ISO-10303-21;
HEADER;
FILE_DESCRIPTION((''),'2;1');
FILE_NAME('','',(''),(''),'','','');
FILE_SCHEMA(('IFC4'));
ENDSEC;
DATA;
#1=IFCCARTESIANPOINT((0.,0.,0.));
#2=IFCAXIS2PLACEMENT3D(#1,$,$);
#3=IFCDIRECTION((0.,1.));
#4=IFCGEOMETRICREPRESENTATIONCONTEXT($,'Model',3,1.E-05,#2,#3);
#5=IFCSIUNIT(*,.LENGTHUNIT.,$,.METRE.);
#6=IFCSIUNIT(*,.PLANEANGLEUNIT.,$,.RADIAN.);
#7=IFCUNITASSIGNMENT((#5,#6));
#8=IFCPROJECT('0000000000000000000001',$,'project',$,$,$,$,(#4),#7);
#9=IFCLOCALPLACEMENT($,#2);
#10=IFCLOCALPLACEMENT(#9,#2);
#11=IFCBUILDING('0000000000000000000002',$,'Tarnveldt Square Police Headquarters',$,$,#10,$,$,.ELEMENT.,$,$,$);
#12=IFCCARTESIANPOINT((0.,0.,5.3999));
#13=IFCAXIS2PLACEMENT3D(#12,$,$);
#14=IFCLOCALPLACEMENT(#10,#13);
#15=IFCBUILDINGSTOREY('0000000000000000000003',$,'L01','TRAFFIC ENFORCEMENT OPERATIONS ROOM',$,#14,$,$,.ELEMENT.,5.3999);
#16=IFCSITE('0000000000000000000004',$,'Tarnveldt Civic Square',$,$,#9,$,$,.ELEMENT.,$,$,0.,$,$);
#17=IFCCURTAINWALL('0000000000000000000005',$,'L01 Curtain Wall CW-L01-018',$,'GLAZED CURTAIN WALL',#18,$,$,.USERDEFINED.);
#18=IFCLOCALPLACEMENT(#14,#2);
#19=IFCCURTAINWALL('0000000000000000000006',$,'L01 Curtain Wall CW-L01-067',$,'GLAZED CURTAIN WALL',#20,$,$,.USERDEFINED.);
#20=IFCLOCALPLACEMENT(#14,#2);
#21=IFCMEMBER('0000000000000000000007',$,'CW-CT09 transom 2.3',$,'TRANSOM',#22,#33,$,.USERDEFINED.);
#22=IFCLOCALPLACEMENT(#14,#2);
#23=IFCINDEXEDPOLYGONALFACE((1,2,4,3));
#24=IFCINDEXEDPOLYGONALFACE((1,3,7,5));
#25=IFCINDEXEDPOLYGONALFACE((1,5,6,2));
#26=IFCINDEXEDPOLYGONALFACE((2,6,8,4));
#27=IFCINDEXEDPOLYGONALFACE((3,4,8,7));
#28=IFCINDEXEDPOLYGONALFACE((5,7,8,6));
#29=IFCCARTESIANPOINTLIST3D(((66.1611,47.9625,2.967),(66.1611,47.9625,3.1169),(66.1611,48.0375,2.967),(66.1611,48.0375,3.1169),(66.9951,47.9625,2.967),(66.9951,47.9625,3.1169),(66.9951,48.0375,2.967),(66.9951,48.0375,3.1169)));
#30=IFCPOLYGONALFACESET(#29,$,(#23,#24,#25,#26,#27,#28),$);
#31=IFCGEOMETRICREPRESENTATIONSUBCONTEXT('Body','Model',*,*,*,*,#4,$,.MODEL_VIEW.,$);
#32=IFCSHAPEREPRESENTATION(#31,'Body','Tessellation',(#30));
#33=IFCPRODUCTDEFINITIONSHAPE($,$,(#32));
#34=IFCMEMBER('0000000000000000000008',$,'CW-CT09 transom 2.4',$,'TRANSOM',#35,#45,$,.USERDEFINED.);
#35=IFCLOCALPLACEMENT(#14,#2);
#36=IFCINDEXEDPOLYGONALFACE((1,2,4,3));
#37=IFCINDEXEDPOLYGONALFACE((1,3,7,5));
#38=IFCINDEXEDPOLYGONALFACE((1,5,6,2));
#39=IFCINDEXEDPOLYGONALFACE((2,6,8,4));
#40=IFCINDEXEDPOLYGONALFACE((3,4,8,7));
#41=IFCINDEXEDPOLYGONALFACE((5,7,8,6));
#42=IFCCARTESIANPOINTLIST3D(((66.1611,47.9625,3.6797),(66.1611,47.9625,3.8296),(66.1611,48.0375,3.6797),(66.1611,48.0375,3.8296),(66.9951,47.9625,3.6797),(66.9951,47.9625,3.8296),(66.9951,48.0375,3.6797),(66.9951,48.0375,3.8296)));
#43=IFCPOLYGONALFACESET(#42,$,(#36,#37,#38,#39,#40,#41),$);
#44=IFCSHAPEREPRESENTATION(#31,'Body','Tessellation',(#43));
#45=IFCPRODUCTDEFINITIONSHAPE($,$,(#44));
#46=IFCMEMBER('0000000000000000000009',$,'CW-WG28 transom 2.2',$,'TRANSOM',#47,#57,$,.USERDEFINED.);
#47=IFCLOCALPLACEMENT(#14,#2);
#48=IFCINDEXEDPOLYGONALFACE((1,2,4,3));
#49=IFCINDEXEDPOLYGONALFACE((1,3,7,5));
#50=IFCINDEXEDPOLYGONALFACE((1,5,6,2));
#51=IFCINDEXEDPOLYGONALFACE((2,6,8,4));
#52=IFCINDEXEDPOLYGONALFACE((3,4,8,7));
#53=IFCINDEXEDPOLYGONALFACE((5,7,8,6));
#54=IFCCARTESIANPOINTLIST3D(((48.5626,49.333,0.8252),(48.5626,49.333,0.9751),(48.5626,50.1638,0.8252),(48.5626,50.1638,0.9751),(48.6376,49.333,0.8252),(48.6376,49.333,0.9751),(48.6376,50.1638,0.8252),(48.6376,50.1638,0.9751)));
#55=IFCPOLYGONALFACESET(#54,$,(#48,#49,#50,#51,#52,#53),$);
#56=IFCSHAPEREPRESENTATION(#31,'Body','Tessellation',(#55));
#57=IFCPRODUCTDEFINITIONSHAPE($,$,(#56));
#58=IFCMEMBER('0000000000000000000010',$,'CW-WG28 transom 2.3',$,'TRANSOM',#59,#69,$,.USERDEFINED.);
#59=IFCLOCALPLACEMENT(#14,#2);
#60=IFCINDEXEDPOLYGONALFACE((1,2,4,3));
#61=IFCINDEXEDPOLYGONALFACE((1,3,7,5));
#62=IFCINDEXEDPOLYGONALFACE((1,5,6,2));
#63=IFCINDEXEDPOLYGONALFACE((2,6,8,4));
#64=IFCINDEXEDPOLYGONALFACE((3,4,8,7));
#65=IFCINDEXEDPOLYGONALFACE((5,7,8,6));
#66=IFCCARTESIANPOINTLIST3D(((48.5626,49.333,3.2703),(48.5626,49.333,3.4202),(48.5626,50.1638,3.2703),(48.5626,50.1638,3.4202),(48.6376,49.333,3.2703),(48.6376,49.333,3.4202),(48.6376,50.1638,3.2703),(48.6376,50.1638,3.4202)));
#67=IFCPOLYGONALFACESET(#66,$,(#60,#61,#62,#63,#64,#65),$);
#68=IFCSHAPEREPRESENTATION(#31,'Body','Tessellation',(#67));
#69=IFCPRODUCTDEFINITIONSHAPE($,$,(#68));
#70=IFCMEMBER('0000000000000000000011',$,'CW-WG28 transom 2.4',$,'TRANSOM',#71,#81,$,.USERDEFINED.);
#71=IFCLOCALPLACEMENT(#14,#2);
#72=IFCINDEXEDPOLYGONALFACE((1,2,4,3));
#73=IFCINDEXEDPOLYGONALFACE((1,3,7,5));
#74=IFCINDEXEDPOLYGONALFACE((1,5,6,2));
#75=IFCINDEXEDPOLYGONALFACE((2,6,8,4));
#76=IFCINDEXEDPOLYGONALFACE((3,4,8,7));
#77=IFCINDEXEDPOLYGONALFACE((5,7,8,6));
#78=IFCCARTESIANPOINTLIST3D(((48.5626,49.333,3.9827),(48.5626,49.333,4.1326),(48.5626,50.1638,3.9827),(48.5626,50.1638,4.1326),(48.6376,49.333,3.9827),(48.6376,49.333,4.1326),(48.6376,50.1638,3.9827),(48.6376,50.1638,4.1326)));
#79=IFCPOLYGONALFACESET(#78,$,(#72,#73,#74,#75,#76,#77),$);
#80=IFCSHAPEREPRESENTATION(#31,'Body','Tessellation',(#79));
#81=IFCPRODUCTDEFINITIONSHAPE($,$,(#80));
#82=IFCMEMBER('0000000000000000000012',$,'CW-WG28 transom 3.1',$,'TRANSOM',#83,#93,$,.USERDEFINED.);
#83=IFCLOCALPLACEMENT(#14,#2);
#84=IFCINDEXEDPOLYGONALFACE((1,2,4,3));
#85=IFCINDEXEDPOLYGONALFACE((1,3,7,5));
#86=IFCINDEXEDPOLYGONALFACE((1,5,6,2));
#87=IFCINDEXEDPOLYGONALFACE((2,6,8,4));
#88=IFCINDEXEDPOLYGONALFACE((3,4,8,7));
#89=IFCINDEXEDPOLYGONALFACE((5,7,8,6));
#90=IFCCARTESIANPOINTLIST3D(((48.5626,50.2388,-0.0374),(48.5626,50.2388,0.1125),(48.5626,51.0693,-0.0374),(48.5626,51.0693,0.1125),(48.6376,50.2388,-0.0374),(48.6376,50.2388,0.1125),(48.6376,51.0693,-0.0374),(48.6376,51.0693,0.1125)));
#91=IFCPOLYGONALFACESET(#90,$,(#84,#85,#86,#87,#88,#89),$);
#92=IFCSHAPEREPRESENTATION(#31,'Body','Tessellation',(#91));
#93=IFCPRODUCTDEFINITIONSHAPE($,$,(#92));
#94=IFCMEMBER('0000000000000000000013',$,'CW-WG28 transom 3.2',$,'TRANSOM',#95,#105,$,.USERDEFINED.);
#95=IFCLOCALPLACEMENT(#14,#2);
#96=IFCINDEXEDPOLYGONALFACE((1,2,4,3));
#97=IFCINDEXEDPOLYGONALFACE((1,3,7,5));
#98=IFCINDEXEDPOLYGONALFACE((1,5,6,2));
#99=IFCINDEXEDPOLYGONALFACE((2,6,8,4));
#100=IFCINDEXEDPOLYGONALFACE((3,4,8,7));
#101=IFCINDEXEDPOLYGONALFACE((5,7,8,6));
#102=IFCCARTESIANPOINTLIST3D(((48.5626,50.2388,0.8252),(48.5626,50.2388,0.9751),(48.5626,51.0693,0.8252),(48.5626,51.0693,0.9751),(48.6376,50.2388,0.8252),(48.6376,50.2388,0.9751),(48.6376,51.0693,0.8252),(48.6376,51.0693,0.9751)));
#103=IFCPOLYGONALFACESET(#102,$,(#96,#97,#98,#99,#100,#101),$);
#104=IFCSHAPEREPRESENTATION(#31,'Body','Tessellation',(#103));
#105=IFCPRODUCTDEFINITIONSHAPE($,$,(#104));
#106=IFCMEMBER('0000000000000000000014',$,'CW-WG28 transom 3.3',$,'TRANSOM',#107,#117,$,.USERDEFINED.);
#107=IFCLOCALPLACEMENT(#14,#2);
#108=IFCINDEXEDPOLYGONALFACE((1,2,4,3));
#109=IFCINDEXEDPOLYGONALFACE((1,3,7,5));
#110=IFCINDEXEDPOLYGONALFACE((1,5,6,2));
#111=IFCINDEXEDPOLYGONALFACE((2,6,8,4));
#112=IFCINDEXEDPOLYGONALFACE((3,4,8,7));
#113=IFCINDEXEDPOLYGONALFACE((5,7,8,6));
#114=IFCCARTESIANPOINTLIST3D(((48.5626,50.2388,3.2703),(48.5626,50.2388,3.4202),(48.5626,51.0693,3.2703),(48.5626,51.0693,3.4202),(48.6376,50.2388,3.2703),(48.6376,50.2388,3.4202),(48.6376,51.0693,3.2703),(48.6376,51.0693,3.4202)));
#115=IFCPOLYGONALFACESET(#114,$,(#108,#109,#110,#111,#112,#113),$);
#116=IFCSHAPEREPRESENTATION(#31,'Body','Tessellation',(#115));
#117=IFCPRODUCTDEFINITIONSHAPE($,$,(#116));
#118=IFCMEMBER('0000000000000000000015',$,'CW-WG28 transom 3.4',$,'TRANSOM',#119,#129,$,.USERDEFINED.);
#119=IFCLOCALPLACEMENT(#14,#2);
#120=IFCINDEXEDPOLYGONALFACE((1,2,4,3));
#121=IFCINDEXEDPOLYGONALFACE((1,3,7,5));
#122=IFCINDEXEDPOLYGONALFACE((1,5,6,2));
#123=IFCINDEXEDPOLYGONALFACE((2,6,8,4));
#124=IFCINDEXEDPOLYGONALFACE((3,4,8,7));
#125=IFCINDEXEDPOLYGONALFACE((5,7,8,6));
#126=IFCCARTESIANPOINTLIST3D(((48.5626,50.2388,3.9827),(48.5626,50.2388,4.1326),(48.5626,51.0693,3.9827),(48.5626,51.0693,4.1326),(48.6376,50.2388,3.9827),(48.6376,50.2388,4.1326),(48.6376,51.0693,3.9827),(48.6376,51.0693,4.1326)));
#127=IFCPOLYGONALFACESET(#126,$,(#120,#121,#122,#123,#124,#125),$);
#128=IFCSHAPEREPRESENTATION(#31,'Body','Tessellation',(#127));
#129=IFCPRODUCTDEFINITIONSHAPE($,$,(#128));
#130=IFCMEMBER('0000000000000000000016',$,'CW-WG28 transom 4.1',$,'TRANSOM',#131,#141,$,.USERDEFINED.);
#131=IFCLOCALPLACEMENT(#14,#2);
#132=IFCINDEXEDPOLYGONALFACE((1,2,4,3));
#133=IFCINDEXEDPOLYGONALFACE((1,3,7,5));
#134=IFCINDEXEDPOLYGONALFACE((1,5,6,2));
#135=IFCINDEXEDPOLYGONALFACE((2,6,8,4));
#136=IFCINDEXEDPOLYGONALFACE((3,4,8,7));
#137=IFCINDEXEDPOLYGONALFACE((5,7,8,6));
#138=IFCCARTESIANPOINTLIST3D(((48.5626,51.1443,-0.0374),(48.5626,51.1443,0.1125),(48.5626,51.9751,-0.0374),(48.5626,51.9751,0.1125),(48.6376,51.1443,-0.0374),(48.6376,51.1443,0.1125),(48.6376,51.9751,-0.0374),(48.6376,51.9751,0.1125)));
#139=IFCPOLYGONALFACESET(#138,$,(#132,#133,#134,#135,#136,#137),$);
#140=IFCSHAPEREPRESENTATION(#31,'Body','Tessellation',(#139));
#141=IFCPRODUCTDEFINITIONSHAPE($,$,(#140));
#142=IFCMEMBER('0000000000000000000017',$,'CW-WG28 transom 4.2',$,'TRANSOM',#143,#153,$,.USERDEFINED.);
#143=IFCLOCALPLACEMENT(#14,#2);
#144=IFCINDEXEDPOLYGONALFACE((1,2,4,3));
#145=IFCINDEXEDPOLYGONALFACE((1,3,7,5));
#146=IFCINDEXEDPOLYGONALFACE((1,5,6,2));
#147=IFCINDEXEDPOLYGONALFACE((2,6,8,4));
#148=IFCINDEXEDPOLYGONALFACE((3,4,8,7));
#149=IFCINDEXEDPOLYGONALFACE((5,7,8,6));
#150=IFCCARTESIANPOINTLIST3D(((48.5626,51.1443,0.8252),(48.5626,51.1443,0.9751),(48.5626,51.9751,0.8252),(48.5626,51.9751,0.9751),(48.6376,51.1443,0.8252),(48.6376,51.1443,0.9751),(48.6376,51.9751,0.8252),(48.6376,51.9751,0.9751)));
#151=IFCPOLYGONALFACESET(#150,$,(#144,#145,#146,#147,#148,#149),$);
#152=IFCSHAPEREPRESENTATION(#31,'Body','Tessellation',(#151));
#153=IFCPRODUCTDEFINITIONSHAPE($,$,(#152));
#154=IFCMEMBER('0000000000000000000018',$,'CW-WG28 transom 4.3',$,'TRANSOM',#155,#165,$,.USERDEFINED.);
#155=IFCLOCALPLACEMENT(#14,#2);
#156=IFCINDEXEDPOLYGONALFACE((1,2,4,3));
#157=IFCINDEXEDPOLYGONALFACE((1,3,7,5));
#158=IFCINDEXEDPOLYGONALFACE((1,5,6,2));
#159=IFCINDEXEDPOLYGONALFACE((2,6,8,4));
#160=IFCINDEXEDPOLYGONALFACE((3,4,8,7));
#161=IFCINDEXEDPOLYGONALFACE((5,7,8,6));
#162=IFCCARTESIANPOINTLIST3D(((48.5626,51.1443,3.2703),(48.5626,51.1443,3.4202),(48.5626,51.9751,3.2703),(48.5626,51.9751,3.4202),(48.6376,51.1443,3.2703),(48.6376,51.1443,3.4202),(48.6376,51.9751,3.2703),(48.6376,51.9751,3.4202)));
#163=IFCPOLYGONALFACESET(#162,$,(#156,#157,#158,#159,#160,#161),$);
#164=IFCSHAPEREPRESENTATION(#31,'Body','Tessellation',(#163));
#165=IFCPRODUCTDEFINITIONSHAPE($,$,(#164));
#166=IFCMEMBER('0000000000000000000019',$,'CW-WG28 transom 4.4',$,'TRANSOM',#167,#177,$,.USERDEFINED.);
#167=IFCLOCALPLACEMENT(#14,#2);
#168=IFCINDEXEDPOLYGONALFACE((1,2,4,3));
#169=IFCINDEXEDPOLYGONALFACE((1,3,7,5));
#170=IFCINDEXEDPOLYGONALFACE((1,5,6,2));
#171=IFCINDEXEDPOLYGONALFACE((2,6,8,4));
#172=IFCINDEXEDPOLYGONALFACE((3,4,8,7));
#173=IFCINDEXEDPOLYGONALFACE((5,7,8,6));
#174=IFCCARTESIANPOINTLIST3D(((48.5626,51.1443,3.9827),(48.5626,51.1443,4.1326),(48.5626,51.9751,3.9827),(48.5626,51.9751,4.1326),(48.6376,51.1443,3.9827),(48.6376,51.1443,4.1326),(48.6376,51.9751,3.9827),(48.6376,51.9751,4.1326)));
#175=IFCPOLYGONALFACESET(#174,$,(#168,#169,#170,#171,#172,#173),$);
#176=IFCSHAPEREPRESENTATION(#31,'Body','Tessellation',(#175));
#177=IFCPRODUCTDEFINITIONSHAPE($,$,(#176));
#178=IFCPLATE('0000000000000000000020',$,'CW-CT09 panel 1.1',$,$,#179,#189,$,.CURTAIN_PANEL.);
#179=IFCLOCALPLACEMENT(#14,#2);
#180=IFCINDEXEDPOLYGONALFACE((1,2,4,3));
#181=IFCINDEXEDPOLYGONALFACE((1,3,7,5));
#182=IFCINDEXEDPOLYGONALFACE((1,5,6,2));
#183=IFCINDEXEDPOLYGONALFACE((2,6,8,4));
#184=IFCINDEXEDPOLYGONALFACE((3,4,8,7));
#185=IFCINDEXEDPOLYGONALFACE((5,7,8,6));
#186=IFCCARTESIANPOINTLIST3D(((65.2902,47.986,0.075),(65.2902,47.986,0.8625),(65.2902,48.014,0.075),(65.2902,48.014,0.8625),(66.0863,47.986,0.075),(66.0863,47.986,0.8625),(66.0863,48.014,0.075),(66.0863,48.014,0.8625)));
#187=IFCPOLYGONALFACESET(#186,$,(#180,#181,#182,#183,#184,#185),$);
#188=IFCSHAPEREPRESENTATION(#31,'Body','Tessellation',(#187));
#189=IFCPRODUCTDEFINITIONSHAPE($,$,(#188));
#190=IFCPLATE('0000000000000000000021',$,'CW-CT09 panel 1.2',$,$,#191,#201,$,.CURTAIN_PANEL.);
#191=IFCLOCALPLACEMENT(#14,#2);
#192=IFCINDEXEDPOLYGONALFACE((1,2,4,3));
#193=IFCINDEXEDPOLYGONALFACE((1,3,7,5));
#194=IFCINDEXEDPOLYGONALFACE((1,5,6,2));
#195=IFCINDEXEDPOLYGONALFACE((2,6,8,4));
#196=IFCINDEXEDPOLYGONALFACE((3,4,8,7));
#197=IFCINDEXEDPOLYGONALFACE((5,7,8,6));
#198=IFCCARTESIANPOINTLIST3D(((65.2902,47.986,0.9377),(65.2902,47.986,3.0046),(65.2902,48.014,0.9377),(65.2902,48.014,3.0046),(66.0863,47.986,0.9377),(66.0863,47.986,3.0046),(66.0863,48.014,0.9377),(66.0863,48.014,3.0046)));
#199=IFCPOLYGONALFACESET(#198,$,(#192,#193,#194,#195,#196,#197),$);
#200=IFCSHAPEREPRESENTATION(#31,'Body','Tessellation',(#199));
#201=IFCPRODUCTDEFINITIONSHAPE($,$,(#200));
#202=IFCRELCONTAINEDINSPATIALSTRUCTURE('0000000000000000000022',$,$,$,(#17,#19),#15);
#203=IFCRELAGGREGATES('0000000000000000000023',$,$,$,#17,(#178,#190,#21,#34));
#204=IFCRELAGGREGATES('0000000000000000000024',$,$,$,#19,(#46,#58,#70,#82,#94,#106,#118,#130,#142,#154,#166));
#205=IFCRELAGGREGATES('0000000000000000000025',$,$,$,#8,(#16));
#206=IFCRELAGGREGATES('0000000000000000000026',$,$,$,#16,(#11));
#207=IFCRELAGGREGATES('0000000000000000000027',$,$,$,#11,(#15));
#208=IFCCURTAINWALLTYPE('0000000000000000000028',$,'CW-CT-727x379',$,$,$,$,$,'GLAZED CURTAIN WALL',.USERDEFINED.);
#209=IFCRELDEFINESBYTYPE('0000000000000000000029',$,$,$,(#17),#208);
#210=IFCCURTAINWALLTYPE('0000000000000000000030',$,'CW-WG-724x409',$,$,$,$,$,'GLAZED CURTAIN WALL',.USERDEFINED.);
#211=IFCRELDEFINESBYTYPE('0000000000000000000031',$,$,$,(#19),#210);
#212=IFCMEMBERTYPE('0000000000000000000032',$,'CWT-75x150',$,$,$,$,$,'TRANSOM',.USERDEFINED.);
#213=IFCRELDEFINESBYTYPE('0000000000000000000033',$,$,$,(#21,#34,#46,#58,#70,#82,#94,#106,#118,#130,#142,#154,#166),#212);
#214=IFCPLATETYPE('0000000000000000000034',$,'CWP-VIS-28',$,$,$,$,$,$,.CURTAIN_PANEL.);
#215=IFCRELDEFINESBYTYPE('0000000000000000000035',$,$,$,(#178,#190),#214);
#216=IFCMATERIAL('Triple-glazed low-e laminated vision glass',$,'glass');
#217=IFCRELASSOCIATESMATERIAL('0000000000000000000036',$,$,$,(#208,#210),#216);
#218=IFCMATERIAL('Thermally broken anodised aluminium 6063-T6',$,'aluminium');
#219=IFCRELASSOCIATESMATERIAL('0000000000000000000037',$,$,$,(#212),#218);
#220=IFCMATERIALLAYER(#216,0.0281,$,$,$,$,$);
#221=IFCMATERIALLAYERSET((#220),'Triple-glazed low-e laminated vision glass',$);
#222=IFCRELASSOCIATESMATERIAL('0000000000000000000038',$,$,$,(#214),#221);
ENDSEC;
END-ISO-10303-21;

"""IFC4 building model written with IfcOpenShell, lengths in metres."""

from ifc_helpers import new_model, si_unit, direction, frame, origin, origin_2d, place, context, subcontext, project, spatial, rectangle, extrude, material, layer, layer_set, material_profile, profile_set, type_object, element, aggregate, save


model = new_model("IFC4")

# Units and contexts
model_context = context("Model", 3, precision=1e-05, world=origin(), true_north=direction((0.0, 1.0)))
body_context = subcontext(model_context, "Body", "Model", "MODEL_VIEW")
ifc_project = project(units=[si_unit("LENGTHUNIT", "METRE"), si_unit("PLANEANGLEUNIT", "RADIAN")], contexts=[model_context])

# Site, building, storey
site_placement = place(None, origin())
site = spatial("IfcSite", under=ifc_project, at=site_placement, Name="Tarnveldt Civic Square", CompositionType="ELEMENT", RefElevation=0.0)
building_placement = place(site_placement, origin())
building = spatial("IfcBuilding", under=site, at=building_placement, Name="Tarnveldt Square Police Headquarters", CompositionType="ELEMENT")
storey_placement = place(building_placement, frame((0.0, 0.0, 5.3999)))
storey = spatial("IfcBuildingStorey", under=building, at=storey_placement, Name="L01", Description="TRAFFIC ENFORCEMENT OPERATIONS ROOM", CompositionType="ELEMENT", Elevation=5.3999)

# Curtain walls
ifc_material_1 = material(Name="Triple-glazed low-e laminated vision glass", Category="glass")
curtain_wall_type_1 = type_object("IfcCurtainWallType", Name="CW-CT-727x379", ElementType="GLAZED CURTAIN WALL", PredefinedType="USERDEFINED", material=ifc_material_1)
curtain_wall_1_placement = place(storey_placement, origin())
curtain_wall_1 = element("IfcCurtainWall", 1, at=curtain_wall_1_placement, inside=storey, type_object=curtain_wall_type_1, Name="L01 Curtain Wall CW-L01-018", ObjectType="GLAZED CURTAIN WALL", PredefinedType="USERDEFINED")
ifc_material_2 = material(Name="Thermally broken anodised aluminium 6063-T6", Category="aluminium")
curtain_wall_type_2 = type_object("IfcCurtainWallType", Name="CW-WG-724x409", ElementType="GLAZED CURTAIN WALL", PredefinedType="USERDEFINED", material=ifc_material_1)
curtain_wall_2_placement = place(storey_placement, origin())
curtain_wall_2 = element("IfcCurtainWall", 2, at=curtain_wall_2_placement, inside=storey, type_object=curtain_wall_type_2, Name="L01 Curtain Wall CW-L01-067", ObjectType="GLAZED CURTAIN WALL", PredefinedType="USERDEFINED")

# Members
ifc_material_profile_1 = material_profile(ifc_material_2, rectangle(XDim=0.075, YDim=0.1499, at=origin_2d()), Name="CW-T75x150")
ifc_profile_set_1 = profile_set([ifc_material_profile_1], Name="Thermally broken anodised aluminium 6063-T6")
member_type_1 = type_object("IfcMemberType", Name="CWT-75x150", ElementType="TRANSOM", PredefinedType="USERDEFINED", material=ifc_profile_set_1)
member_1_placement = place(storey_placement, frame((66.1611, 48.0, 3.042), z_axis=(1.0, 0.0, 0.0), x_axis=(0.0, 1.0, 0.0)))
member_1 = element("IfcMember", 3, at=member_1_placement, type_object=member_type_1, Name="CW-CT09 transom 2.3", ObjectType="TRANSOM", PredefinedType="USERDEFINED", context=body_context, shape_type="SweptSolid", body=[
    extrude(rectangle(XDim=0.075, YDim=0.1499, at=origin_2d()), origin(), (0.0, 0.0, 1.0), 0.834),
])
member_2_placement = place(storey_placement, frame((66.1611, 48.0, 3.7546), z_axis=(1.0, 0.0, 0.0), x_axis=(0.0, 1.0, 0.0)))
member_2 = element("IfcMember", 4, at=member_2_placement, type_object=member_type_1, Name="CW-CT09 transom 2.4", ObjectType="TRANSOM", PredefinedType="USERDEFINED", context=body_context, shape_type="SweptSolid", body=[
    extrude(rectangle(XDim=0.075, YDim=0.1499, at=origin_2d()), origin(), (0.0, 0.0, 1.0), 0.834),
])
member_3_placement = place(storey_placement, frame((48.6001, 49.333, 0.9001), z_axis=(0.0, 1.0, 0.0), x_axis=(-1.0, 0.0, 0.0)))
member_3 = element("IfcMember", 5, at=member_3_placement, type_object=member_type_1, Name="CW-WG28 transom 2.2", ObjectType="TRANSOM", PredefinedType="USERDEFINED", context=body_context, shape_type="SweptSolid", body=[
    extrude(rectangle(XDim=0.075, YDim=0.1499, at=origin_2d()), origin(), (0.0, 0.0, 1.0), 0.8308),
])
member_4_placement = place(storey_placement, frame((48.6001, 49.333, 3.3452), z_axis=(0.0, 1.0, 0.0), x_axis=(-1.0, 0.0, 0.0)))
member_4 = element("IfcMember", 6, at=member_4_placement, type_object=member_type_1, Name="CW-WG28 transom 2.3", ObjectType="TRANSOM", PredefinedType="USERDEFINED", context=body_context, shape_type="SweptSolid", body=[
    extrude(rectangle(XDim=0.075, YDim=0.1499, at=origin_2d()), origin(), (0.0, 0.0, 1.0), 0.8308),
])
member_5_placement = place(storey_placement, frame((48.6001, 49.333, 4.0576), z_axis=(0.0, 1.0, 0.0), x_axis=(-1.0, 0.0, 0.0)))
member_5 = element("IfcMember", 7, at=member_5_placement, type_object=member_type_1, Name="CW-WG28 transom 2.4", ObjectType="TRANSOM", PredefinedType="USERDEFINED", context=body_context, shape_type="SweptSolid", body=[
    extrude(rectangle(XDim=0.075, YDim=0.1499, at=origin_2d()), origin(), (0.0, 0.0, 1.0), 0.8308),
])
member_6_placement = place(storey_placement, frame((48.6001, 50.2388, 0.0376), z_axis=(0.0, 1.0, 0.0), x_axis=(-1.0, 0.0, 0.0)))
member_6 = element("IfcMember", 8, at=member_6_placement, type_object=member_type_1, Name="CW-WG28 transom 3.1", ObjectType="TRANSOM", PredefinedType="USERDEFINED", context=body_context, shape_type="SweptSolid", body=[
    extrude(rectangle(XDim=0.075, YDim=0.1499, at=origin_2d()), origin(), (0.0, 0.0, 1.0), 0.8306),
])
member_7_placement = place(storey_placement, frame((48.6001, 50.2388, 0.9001), z_axis=(0.0, 1.0, 0.0), x_axis=(-1.0, 0.0, 0.0)))
member_7 = element("IfcMember", 9, at=member_7_placement, type_object=member_type_1, Name="CW-WG28 transom 3.2", ObjectType="TRANSOM", PredefinedType="USERDEFINED", context=body_context, shape_type="SweptSolid", body=[
    extrude(rectangle(XDim=0.075, YDim=0.1499, at=origin_2d()), origin(), (0.0, 0.0, 1.0), 0.8306),
])
member_8_placement = place(storey_placement, frame((48.6001, 50.2388, 3.3452), z_axis=(0.0, 1.0, 0.0), x_axis=(-1.0, 0.0, 0.0)))
member_8 = element("IfcMember", 10, at=member_8_placement, type_object=member_type_1, Name="CW-WG28 transom 3.3", ObjectType="TRANSOM", PredefinedType="USERDEFINED", context=body_context, shape_type="SweptSolid", body=[
    extrude(rectangle(XDim=0.075, YDim=0.1499, at=origin_2d()), origin(), (0.0, 0.0, 1.0), 0.8306),
])
member_9_placement = place(storey_placement, frame((48.6001, 50.2388, 4.0576), z_axis=(0.0, 1.0, 0.0), x_axis=(-1.0, 0.0, 0.0)))
member_9 = element("IfcMember", 11, at=member_9_placement, type_object=member_type_1, Name="CW-WG28 transom 3.4", ObjectType="TRANSOM", PredefinedType="USERDEFINED", context=body_context, shape_type="SweptSolid", body=[
    extrude(rectangle(XDim=0.075, YDim=0.1499, at=origin_2d()), origin(), (0.0, 0.0, 1.0), 0.8306),
])
member_10_placement = place(storey_placement, frame((48.6001, 51.1443, 0.0376), z_axis=(0.0, 1.0, 0.0), x_axis=(-1.0, 0.0, 0.0)))
member_10 = element("IfcMember", 12, at=member_10_placement, type_object=member_type_1, Name="CW-WG28 transom 4.1", ObjectType="TRANSOM", PredefinedType="USERDEFINED", context=body_context, shape_type="SweptSolid", body=[
    extrude(rectangle(XDim=0.075, YDim=0.1499, at=origin_2d()), origin(), (0.0, 0.0, 1.0), 0.8308),
])
member_11_placement = place(storey_placement, frame((48.6001, 51.1443, 0.9001), z_axis=(0.0, 1.0, 0.0), x_axis=(-1.0, 0.0, 0.0)))
member_11 = element("IfcMember", 13, at=member_11_placement, type_object=member_type_1, Name="CW-WG28 transom 4.2", ObjectType="TRANSOM", PredefinedType="USERDEFINED", context=body_context, shape_type="SweptSolid", body=[
    extrude(rectangle(XDim=0.075, YDim=0.1499, at=origin_2d()), origin(), (0.0, 0.0, 1.0), 0.8308),
])
member_12_placement = place(storey_placement, frame((48.6001, 51.1443, 3.3452), z_axis=(0.0, 1.0, 0.0), x_axis=(-1.0, 0.0, 0.0)))
member_12 = element("IfcMember", 14, at=member_12_placement, type_object=member_type_1, Name="CW-WG28 transom 4.3", ObjectType="TRANSOM", PredefinedType="USERDEFINED", context=body_context, shape_type="SweptSolid", body=[
    extrude(rectangle(XDim=0.075, YDim=0.1499, at=origin_2d()), origin(), (0.0, 0.0, 1.0), 0.8308),
])
member_13_placement = place(storey_placement, frame((48.6001, 51.1443, 4.0576), z_axis=(0.0, 1.0, 0.0), x_axis=(-1.0, 0.0, 0.0)))
member_13 = element("IfcMember", 15, at=member_13_placement, type_object=member_type_1, Name="CW-WG28 transom 4.4", ObjectType="TRANSOM", PredefinedType="USERDEFINED", context=body_context, shape_type="SweptSolid", body=[
    extrude(rectangle(XDim=0.075, YDim=0.1499, at=origin_2d()), origin(), (0.0, 0.0, 1.0), 0.8308),
])

# Plates
ifc_layer = layer(ifc_material_1, 0.0281)
ifc_layer_set = layer_set([ifc_layer], Name="Triple-glazed low-e laminated vision glass")
plate_type = type_object("IfcPlateType", Name="CWP-VIS-28", PredefinedType="CURTAIN_PANEL", material=ifc_layer_set)
plate_1_placement = place(storey_placement, frame((65.6882, 48.0, 0.075), z_axis=(0.0, 0.0, 1.0), x_axis=(1.0, 0.0, 0.0)))
plate_1 = element("IfcPlate", 16, at=plate_1_placement, type_object=plate_type, Name="CW-CT09 panel 1.1", PredefinedType="CURTAIN_PANEL", context=body_context, shape_type="SweptSolid", body=[
    extrude(rectangle(XDim=0.7961, YDim=0.0281, at=origin_2d()), origin(), (0.0, 0.0, 1.0), 0.7876),
])
plate_2_placement = place(storey_placement, frame((65.6882, 48.0, 0.9377), z_axis=(0.0, 0.0, 1.0), x_axis=(1.0, 0.0, 0.0)))
plate_2 = element("IfcPlate", 17, at=plate_2_placement, type_object=plate_type, Name="CW-CT09 panel 1.2", PredefinedType="CURTAIN_PANEL", context=body_context, shape_type="SweptSolid", body=[
    extrude(rectangle(XDim=0.7961, YDim=0.0281, at=origin_2d()), origin(), (0.0, 0.0, 1.0), 2.0669),
])
aggregate(curtain_wall_1, [plate_1, plate_2, member_1, member_2])
aggregate(curtain_wall_2, [member_3, member_4, member_5, member_6, member_7, member_8, member_9, member_10, member_11, member_12, member_13])

save(model, "model.ifc")
